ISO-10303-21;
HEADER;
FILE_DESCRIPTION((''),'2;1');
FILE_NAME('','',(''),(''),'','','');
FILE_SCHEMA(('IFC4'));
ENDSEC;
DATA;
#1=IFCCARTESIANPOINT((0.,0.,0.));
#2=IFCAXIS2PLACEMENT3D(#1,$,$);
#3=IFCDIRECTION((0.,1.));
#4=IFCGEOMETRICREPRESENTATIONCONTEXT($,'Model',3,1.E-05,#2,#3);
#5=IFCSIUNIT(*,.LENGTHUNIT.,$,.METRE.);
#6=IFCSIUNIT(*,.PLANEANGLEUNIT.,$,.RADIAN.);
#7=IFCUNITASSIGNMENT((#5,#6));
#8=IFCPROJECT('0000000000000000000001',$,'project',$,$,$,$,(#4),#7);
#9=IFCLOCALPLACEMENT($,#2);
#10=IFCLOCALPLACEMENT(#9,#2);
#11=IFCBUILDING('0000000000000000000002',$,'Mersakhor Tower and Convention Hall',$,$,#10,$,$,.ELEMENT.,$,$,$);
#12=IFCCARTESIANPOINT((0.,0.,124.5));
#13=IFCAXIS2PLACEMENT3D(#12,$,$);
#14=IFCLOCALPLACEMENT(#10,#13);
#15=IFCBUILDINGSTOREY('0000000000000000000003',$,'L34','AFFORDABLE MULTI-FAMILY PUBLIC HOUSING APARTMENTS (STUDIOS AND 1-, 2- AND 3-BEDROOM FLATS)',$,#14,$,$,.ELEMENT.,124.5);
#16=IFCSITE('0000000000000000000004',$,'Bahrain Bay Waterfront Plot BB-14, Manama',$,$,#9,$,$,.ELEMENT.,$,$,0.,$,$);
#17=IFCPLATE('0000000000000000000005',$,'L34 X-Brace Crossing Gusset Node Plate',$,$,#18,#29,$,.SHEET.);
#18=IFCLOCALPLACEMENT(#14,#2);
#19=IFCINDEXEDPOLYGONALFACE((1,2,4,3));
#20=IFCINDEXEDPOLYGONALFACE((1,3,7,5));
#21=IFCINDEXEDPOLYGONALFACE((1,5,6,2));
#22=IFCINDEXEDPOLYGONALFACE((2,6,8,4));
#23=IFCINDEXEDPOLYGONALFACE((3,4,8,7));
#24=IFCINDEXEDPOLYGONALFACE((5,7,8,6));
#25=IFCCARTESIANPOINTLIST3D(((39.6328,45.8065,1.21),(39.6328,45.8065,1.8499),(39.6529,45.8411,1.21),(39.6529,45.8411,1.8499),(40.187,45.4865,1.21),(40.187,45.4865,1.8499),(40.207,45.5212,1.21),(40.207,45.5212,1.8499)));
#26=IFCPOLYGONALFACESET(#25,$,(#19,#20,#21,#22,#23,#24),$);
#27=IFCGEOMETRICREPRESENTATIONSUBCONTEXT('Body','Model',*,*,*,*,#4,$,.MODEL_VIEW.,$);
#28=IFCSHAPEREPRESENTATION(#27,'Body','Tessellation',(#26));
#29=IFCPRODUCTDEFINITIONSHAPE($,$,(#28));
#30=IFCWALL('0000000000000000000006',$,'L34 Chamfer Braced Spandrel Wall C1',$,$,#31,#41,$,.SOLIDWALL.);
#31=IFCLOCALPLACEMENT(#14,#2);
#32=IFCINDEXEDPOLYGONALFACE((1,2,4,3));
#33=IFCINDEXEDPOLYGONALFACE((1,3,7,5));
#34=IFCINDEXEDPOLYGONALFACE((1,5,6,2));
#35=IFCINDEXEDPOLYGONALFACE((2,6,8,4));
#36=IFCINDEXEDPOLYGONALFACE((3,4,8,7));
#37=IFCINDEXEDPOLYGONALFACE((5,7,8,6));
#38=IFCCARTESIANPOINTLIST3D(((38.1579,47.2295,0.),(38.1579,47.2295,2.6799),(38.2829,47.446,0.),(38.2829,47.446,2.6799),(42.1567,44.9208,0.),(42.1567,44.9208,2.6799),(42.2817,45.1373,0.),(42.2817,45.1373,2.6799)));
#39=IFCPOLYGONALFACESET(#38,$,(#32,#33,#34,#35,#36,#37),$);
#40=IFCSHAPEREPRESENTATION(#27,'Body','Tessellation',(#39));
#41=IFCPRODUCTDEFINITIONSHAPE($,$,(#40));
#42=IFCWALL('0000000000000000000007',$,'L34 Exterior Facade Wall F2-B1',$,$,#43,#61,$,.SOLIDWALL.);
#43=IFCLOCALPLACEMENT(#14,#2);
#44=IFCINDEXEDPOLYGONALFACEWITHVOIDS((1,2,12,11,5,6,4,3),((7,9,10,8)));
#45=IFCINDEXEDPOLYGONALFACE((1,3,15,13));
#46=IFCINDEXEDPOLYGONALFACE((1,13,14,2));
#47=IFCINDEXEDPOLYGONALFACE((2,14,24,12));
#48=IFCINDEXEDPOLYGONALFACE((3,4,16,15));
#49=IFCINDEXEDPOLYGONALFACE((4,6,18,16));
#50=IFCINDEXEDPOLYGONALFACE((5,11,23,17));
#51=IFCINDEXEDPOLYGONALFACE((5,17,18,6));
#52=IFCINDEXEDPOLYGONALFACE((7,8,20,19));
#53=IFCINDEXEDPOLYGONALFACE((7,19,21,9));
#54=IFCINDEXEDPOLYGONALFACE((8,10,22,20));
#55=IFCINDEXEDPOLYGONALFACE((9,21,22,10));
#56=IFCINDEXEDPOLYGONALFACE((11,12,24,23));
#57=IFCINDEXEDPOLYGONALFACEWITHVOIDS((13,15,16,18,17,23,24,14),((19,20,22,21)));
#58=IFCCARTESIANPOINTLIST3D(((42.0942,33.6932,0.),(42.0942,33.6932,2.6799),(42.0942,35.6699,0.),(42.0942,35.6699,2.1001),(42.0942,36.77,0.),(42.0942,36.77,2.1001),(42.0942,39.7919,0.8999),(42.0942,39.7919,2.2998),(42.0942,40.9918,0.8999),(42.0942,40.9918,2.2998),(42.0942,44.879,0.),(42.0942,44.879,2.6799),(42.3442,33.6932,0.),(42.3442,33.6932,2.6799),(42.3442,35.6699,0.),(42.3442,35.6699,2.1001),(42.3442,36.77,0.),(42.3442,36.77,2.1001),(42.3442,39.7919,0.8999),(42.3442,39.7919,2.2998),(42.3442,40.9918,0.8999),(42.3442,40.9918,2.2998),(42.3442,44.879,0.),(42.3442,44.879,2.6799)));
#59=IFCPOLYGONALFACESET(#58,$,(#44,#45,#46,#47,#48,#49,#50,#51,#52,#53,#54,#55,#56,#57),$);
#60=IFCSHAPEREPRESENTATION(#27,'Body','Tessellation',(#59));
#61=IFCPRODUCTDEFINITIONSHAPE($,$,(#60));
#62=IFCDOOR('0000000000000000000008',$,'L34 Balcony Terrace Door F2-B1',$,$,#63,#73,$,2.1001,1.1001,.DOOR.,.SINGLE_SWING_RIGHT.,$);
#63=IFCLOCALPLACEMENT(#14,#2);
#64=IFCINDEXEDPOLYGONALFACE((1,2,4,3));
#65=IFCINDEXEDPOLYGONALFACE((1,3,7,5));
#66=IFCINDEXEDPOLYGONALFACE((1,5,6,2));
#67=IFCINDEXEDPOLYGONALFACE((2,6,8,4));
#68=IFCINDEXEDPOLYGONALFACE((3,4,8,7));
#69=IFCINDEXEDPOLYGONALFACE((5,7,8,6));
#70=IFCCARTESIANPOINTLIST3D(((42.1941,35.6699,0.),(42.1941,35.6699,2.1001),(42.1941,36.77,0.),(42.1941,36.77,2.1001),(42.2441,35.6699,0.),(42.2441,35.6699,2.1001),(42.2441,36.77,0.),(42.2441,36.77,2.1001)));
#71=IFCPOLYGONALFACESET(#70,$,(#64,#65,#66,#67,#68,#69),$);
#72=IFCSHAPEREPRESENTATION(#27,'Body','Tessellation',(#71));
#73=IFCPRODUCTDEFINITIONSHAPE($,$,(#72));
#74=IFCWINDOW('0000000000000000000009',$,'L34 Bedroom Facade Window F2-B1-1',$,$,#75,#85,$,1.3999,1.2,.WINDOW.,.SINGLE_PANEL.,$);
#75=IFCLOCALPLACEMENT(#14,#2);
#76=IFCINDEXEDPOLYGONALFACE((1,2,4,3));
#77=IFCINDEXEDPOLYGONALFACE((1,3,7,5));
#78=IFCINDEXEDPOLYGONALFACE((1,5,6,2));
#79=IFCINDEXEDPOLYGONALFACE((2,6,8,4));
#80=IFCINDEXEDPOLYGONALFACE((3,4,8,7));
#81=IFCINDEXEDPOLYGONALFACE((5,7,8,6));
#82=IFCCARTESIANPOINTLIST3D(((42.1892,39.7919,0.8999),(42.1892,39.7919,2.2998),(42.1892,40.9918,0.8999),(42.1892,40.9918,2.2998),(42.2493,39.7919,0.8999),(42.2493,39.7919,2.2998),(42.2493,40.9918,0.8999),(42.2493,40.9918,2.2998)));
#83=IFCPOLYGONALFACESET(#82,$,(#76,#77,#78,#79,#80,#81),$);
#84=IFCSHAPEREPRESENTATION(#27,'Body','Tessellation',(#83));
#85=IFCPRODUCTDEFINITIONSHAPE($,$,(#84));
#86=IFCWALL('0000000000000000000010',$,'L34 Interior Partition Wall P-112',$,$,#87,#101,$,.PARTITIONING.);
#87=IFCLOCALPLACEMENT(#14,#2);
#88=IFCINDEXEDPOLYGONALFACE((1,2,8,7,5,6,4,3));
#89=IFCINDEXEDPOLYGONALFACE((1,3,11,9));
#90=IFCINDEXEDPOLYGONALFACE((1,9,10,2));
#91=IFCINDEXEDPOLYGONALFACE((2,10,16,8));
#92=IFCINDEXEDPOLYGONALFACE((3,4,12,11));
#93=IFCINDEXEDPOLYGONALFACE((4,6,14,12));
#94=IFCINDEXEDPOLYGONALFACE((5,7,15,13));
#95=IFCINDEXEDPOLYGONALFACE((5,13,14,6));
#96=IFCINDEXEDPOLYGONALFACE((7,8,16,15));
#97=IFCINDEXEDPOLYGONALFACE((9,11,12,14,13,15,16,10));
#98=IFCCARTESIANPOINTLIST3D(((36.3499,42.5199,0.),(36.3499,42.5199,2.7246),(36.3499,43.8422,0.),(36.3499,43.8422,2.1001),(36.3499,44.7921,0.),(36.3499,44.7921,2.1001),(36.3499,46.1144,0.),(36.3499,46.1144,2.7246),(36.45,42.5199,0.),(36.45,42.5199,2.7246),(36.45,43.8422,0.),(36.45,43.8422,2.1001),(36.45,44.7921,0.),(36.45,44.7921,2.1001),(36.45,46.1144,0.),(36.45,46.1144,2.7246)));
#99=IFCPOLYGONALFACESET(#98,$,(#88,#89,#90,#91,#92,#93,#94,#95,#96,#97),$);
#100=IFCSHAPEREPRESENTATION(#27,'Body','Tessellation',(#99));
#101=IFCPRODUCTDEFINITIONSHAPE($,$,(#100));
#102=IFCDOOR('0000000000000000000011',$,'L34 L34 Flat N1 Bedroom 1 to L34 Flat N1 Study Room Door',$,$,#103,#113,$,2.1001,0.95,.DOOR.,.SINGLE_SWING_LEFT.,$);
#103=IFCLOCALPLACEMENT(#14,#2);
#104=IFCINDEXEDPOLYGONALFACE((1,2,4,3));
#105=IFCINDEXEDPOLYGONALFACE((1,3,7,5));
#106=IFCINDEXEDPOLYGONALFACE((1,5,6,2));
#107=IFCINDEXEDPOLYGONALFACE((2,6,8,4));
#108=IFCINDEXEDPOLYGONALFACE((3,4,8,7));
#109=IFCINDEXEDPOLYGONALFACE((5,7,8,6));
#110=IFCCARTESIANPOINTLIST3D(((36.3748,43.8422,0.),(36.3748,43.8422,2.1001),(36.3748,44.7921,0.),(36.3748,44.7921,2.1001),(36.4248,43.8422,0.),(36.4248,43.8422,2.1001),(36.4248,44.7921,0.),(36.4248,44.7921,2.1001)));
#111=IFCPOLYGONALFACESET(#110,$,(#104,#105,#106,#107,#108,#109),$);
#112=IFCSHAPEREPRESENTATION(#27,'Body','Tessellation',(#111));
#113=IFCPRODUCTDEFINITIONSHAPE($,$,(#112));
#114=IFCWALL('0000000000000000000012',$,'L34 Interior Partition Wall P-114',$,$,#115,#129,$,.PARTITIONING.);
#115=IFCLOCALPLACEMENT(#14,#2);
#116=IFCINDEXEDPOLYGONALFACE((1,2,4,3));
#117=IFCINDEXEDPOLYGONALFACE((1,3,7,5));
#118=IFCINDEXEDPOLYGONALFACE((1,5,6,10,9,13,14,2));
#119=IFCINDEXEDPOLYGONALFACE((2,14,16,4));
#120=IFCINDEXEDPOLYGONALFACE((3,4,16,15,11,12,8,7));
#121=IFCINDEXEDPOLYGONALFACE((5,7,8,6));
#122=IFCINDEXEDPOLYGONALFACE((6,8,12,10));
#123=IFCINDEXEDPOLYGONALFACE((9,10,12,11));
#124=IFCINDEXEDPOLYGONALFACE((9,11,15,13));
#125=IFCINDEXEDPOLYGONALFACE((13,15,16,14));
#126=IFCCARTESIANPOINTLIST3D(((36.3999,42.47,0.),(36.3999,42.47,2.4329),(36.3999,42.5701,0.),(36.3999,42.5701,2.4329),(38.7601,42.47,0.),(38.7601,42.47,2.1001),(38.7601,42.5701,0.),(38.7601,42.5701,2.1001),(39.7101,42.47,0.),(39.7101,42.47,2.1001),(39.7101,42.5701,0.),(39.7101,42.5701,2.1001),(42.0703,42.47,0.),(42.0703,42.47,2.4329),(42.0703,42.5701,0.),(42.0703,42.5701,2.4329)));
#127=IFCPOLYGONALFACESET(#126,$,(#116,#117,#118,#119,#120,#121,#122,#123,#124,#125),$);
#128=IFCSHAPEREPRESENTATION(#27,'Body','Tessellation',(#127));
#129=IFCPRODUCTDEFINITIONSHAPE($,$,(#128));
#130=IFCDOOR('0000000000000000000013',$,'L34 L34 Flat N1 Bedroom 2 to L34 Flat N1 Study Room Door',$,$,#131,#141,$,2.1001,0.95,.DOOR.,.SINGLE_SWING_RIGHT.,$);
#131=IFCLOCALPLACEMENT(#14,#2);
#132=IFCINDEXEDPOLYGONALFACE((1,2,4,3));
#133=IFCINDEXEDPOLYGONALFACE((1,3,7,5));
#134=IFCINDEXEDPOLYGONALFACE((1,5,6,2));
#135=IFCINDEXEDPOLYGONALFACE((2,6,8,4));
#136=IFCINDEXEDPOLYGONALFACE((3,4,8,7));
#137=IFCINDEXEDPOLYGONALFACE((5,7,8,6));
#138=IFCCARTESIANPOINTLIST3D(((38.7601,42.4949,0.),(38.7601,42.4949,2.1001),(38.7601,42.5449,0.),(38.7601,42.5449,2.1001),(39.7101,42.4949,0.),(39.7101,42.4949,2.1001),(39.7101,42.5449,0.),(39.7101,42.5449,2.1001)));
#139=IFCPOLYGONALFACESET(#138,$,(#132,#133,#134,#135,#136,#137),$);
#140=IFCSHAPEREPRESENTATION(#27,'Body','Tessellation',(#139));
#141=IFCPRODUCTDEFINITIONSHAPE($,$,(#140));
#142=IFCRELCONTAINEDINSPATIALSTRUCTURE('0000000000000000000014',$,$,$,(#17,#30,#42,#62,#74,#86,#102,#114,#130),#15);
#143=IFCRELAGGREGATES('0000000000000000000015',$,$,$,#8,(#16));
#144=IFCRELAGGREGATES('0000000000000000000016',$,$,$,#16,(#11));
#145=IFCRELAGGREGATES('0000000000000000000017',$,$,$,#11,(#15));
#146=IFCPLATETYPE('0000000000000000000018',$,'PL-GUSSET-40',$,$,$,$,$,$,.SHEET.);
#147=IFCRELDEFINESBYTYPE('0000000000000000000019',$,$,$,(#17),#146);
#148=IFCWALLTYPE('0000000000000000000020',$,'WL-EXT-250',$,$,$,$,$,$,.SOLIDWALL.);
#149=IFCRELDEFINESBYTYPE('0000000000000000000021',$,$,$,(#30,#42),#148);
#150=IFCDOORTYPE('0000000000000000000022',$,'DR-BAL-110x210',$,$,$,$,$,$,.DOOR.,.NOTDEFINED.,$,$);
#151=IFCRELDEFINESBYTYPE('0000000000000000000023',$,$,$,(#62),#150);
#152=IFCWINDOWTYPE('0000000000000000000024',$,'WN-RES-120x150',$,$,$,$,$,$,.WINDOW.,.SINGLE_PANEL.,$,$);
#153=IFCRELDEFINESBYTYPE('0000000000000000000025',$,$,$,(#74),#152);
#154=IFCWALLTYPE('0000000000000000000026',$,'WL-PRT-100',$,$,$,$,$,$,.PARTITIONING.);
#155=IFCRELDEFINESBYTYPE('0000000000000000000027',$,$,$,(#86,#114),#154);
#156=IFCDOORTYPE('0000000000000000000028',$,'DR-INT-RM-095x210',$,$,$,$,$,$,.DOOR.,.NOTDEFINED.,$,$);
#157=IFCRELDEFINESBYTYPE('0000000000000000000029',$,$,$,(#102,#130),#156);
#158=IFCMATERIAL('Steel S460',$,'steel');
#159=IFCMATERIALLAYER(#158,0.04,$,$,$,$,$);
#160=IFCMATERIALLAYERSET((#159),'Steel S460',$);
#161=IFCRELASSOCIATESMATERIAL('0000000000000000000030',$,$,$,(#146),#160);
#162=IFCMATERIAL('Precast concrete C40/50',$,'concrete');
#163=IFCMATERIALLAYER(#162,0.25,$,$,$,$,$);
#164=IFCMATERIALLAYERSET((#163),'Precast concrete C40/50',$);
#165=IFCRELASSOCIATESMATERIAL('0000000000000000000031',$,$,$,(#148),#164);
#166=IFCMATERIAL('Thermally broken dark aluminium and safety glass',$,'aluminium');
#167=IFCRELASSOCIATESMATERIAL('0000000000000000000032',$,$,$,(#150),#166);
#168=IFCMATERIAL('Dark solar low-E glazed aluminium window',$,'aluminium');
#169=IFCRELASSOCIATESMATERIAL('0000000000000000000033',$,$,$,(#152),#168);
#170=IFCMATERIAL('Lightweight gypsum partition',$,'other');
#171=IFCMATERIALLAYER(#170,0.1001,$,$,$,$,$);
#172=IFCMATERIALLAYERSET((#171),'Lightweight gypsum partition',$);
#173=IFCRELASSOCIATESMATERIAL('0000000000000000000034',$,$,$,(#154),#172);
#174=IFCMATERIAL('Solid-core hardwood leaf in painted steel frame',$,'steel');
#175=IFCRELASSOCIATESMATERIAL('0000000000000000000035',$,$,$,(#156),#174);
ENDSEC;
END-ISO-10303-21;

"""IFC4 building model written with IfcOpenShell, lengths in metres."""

from ifc_helpers import new_model, si_unit, direction, frame, frame_2d, origin, origin_2d, place, context, subcontext, project, spatial, rectangle, extrude, material, layer, layer_set, type_object, element, fill, save


model = new_model("IFC4")

# Units and contexts
model_context = context("Model", 3, precision=1e-05, world=origin(), true_north=direction((0.0, 1.0)))
body_context = subcontext(model_context, "Body", "Model", "MODEL_VIEW")
ifc_project = project(units=[si_unit("LENGTHUNIT", "METRE"), si_unit("PLANEANGLEUNIT", "RADIAN")], contexts=[model_context])

# Site, building, storey
site_placement = place(None, origin())
site = spatial("IfcSite", under=ifc_project, at=site_placement, Name="Bahrain Bay Waterfront Plot BB-14, Manama", CompositionType="ELEMENT", RefElevation=0.0)
building_placement = place(site_placement, origin())
building = spatial("IfcBuilding", under=site, at=building_placement, Name="Mersakhor Tower and Convention Hall", CompositionType="ELEMENT")
storey_placement = place(building_placement, frame((0.0, 0.0, 124.5)))
storey = spatial("IfcBuildingStorey", under=building, at=storey_placement, Name="L34", Description="AFFORDABLE MULTI-FAMILY PUBLIC HOUSING APARTMENTS (STUDIOS AND 1-, 2- AND 3-BEDROOM FLATS)", CompositionType="ELEMENT", Elevation=124.5)

# Plate
ifc_material_1 = material(Name="Steel S460", Category="steel")
ifc_layer_1 = layer(ifc_material_1, 0.04)
ifc_layer_set_1 = layer_set([ifc_layer_1], Name="Steel S460")
plate_type_1 = type_object("IfcPlateType", Name="PL-GUSSET-40", PredefinedType="SHEET", material=ifc_layer_set_1)
plate_1_placement = place(storey_placement, frame((39.9199, 45.6638, 1.21), z_axis=(0.0, 0.0, 1.0), x_axis=(-0.866025, 0.5, 0.0)))
element("IfcPlate", 1, at=plate_1_placement, inside=storey, type_object=plate_type_1, Name="L34 X-Brace Crossing Gusset Node Plate", PredefinedType="SHEET", context=body_context, shape_type="SweptSolid", body=[
    extrude(rectangle(XDim=0.6399, YDim=0.04, at=origin_2d()), origin(), (0.0, 0.0, 1.0), 0.6399),
])

# Wall
ifc_material_2 = material(Name="Precast concrete C40/50", Category="concrete")
ifc_layer_2 = layer(ifc_material_2, 0.25)
ifc_layer_set_2 = layer_set([ifc_layer_2], Name="Precast concrete C40/50")
wall_type_1 = type_object("IfcWallType", Name="WL-EXT-250", PredefinedType="SOLIDWALL", material=ifc_layer_set_2)
wall_1_placement = place(storey_placement, frame((38.2205, 47.3376, 0.0), z_axis=(0.0, 0.0, 1.0), x_axis=(0.866035, -0.499983, 0.0)))
element("IfcWall", 2, at=wall_1_placement, inside=storey, type_object=wall_type_1, Name="L34 Chamfer Braced Spandrel Wall C1", PredefinedType="SOLIDWALL", context=body_context, shape_type="SweptSolid", body=[
    extrude(rectangle(XDim=4.6174, YDim=0.25, at=frame_2d((2.3086, 0.0))), origin(), (0.0, 0.0, 1.0), 2.6799),
])

# Wall, openings, door, window
wall_2_placement = place(storey_placement, frame((42.2192, 44.8789, 0.0), z_axis=(0.0, 0.0, 1.0), x_axis=(0.0, -1.0, 0.0)))
wall_2 = element("IfcWall", 3, at=wall_2_placement, inside=storey, type_object=wall_type_1, Name="L34 Exterior Facade Wall F2-B1", PredefinedType="SOLIDWALL", context=body_context, shape_type="SweptSolid", body=[
    extrude(rectangle(XDim=11.1858, YDim=0.25, at=frame_2d((5.5928, 0.0))), origin(), (0.0, 0.0, 1.0), 2.6799),
])
opening_1_placement = place(wall_2_placement, frame((8.1089, 0.0, 0.0)))
opening_1 = element("IfcOpeningElement", 4, at=opening_1_placement, cuts=wall_2, PredefinedType="OPENING", context=body_context, shape_type="SweptSolid", body=[
    extrude(rectangle(XDim=1.1001, YDim=2.1001, at=frame_2d((0.55, 1.05))), frame((0.0, 0.135, 0.0), z_axis=(0.0, -1.0, 0.0), x_axis=(1.0, 0.0, 0.0)), (0.0, 0.0, 1.0), 0.27),
])
opening_2_placement = place(wall_2_placement, frame((3.887, 0.0, 0.8999)))
opening_2 = element("IfcOpeningElement", 5, at=opening_2_placement, cuts=wall_2, PredefinedType="OPENING", context=body_context, shape_type="SweptSolid", body=[
    extrude(rectangle(XDim=1.2, YDim=1.3999, at=frame_2d((0.6001, 0.7))), frame((0.0, 0.135, 0.0), z_axis=(0.0, -1.0, 0.0), x_axis=(1.0, 0.0, 0.0)), (0.0, 0.0, 1.0), 0.27),
])
ifc_material_3 = material(Name="Thermally broken dark aluminium and safety glass", Category="aluminium")
door_type_1 = type_object("IfcDoorType", Name="DR-BAL-110x210", OperationType="NOTDEFINED", PredefinedType="DOOR", material=ifc_material_3)
door_1_placement = place(opening_1_placement, origin())
door_1 = element("IfcDoor", 6, at=door_1_placement, inside=storey, type_object=door_type_1, Name="L34 Balcony Terrace Door F2-B1", OperationType="SINGLE_SWING_RIGHT", OverallHeight=2.1001, OverallWidth=1.1001, PredefinedType="DOOR", context=body_context, shape_type="SweptSolid", body=[
    extrude(rectangle(XDim=1.1001, YDim=2.1001, at=frame_2d((0.55, 1.05))), frame((0.0, 0.0249, 0.0), z_axis=(0.0, -1.0, 0.0), x_axis=(1.0, 0.0, 0.0)), (0.0, 0.0, 1.0), 0.05),
])
fill(opening_1, door_1)
ifc_material_4 = material(Name="Dark solar low-E glazed aluminium window", Category="aluminium")
window_type = type_object("IfcWindowType", Name="WN-RES-120x150", PartitioningType="SINGLE_PANEL", PredefinedType="WINDOW", material=ifc_material_4)
window_placement = place(opening_2_placement, origin())
window = element("IfcWindow", 7, at=window_placement, inside=storey, type_object=window_type, Name="L34 Bedroom Facade Window F2-B1-1", OverallHeight=1.3999, OverallWidth=1.2, PartitioningType="SINGLE_PANEL", PredefinedType="WINDOW", context=body_context, shape_type="SweptSolid", body=[
    extrude(rectangle(XDim=1.2, YDim=1.3999, at=frame_2d((0.6001, 0.7))), frame((0.0, 0.03, 0.0), z_axis=(0.0, -1.0, 0.0), x_axis=(1.0, 0.0, 0.0)), (0.0, 0.0, 1.0), 0.0601),
])
fill(opening_2, window)

# Walls, openings, doors
ifc_material_5 = material(Name="Lightweight gypsum partition", Category="other")
ifc_layer_3 = layer(ifc_material_5, 0.1001)
ifc_layer_set_3 = layer_set([ifc_layer_3], Name="Lightweight gypsum partition")
wall_type_2 = type_object("IfcWallType", Name="WL-PRT-100", PredefinedType="PARTITIONING", material=ifc_layer_set_3)
wall_3_placement = place(storey_placement, frame((36.3999, 46.1145, 0.0), z_axis=(0.0, 0.0, 1.0), x_axis=(0.0, -1.0, 0.0)))
wall_3 = element("IfcWall", 8, at=wall_3_placement, inside=storey, type_object=wall_type_2, Name="L34 Interior Partition Wall P-112", PredefinedType="PARTITIONING", context=body_context, shape_type="SweptSolid", body=[
    extrude(rectangle(XDim=3.5945, YDim=0.1001, at=frame_2d((1.7974, 0.0))), origin(), (0.0, 0.0, 1.0), 2.7246),
])
opening_3_placement = place(wall_3_placement, frame((1.3223, 0.0, 0.0)))
opening_3 = element("IfcOpeningElement", 9, at=opening_3_placement, cuts=wall_3, PredefinedType="OPENING", context=body_context, shape_type="SweptSolid", body=[
    extrude(rectangle(XDim=0.95, YDim=2.1001, at=frame_2d((0.4751, 1.05))), frame((0.0, 0.0601, 0.0), z_axis=(0.0, -1.0, 0.0), x_axis=(1.0, 0.0, 0.0)), (0.0, 0.0, 1.0), 0.1201),
])
ifc_material_6 = material(Name="Solid-core hardwood leaf in painted steel frame", Category="steel")
door_type_2 = type_object("IfcDoorType", Name="DR-INT-RM-095x210", OperationType="NOTDEFINED", PredefinedType="DOOR", material=ifc_material_6)
door_2_placement = place(opening_3_placement, origin())
door_2 = element("IfcDoor", 10, at=door_2_placement, inside=storey, type_object=door_type_2, Name="L34 L34 Flat N1 Bedroom 1 to L34 Flat N1 Study Room Door", OperationType="SINGLE_SWING_LEFT", OverallHeight=2.1001, OverallWidth=0.95, PredefinedType="DOOR", context=body_context, shape_type="SweptSolid", body=[
    extrude(rectangle(XDim=0.95, YDim=2.1001, at=frame_2d((0.4751, 1.05))), frame((0.0, 0.0249, 0.0), z_axis=(0.0, -1.0, 0.0), x_axis=(1.0, 0.0, 0.0)), (0.0, 0.0, 1.0), 0.05),
])
fill(opening_3, door_2)
wall_4_placement = place(storey_placement, frame((36.3999, 42.52, 0.0), z_axis=(0.0, 0.0, 1.0), x_axis=(1.0, 0.0, 0.0)))
wall_4 = element("IfcWall", 11, at=wall_4_placement, inside=storey, type_object=wall_type_2, Name="L34 Interior Partition Wall P-114", PredefinedType="PARTITIONING", context=body_context, shape_type="SweptSolid", body=[
    extrude(rectangle(XDim=5.6704, YDim=0.1001, at=frame_2d((2.8352, 0.0))), origin(), (0.0, 0.0, 1.0), 2.4329),
])
opening_4_placement = place(wall_4_placement, frame((2.3601, 0.0, 0.0)))
opening_4 = element("IfcOpeningElement", 12, at=opening_4_placement, cuts=wall_4, PredefinedType="OPENING", context=body_context, shape_type="SweptSolid", body=[
    extrude(rectangle(XDim=0.95, YDim=2.1001, at=frame_2d((0.4751, 1.05))), frame((0.0, 0.0601, 0.0), z_axis=(0.0, -1.0, 0.0), x_axis=(1.0, 0.0, 0.0)), (0.0, 0.0, 1.0), 0.1201),
])
door_3_placement = place(opening_4_placement, origin())
door_3 = element("IfcDoor", 13, at=door_3_placement, inside=storey, type_object=door_type_2, Name="L34 L34 Flat N1 Bedroom 2 to L34 Flat N1 Study Room Door", OperationType="SINGLE_SWING_RIGHT", OverallHeight=2.1001, OverallWidth=0.95, PredefinedType="DOOR", context=body_context, shape_type="SweptSolid", body=[
    extrude(rectangle(XDim=0.95, YDim=2.1001, at=frame_2d((0.4751, 1.05))), frame((0.0, 0.0249, 0.0), z_axis=(0.0, -1.0, 0.0), x_axis=(1.0, 0.0, 0.0)), (0.0, 0.0, 1.0), 0.05),
])
fill(opening_4, door_3)

save(model, "model.ifc")
